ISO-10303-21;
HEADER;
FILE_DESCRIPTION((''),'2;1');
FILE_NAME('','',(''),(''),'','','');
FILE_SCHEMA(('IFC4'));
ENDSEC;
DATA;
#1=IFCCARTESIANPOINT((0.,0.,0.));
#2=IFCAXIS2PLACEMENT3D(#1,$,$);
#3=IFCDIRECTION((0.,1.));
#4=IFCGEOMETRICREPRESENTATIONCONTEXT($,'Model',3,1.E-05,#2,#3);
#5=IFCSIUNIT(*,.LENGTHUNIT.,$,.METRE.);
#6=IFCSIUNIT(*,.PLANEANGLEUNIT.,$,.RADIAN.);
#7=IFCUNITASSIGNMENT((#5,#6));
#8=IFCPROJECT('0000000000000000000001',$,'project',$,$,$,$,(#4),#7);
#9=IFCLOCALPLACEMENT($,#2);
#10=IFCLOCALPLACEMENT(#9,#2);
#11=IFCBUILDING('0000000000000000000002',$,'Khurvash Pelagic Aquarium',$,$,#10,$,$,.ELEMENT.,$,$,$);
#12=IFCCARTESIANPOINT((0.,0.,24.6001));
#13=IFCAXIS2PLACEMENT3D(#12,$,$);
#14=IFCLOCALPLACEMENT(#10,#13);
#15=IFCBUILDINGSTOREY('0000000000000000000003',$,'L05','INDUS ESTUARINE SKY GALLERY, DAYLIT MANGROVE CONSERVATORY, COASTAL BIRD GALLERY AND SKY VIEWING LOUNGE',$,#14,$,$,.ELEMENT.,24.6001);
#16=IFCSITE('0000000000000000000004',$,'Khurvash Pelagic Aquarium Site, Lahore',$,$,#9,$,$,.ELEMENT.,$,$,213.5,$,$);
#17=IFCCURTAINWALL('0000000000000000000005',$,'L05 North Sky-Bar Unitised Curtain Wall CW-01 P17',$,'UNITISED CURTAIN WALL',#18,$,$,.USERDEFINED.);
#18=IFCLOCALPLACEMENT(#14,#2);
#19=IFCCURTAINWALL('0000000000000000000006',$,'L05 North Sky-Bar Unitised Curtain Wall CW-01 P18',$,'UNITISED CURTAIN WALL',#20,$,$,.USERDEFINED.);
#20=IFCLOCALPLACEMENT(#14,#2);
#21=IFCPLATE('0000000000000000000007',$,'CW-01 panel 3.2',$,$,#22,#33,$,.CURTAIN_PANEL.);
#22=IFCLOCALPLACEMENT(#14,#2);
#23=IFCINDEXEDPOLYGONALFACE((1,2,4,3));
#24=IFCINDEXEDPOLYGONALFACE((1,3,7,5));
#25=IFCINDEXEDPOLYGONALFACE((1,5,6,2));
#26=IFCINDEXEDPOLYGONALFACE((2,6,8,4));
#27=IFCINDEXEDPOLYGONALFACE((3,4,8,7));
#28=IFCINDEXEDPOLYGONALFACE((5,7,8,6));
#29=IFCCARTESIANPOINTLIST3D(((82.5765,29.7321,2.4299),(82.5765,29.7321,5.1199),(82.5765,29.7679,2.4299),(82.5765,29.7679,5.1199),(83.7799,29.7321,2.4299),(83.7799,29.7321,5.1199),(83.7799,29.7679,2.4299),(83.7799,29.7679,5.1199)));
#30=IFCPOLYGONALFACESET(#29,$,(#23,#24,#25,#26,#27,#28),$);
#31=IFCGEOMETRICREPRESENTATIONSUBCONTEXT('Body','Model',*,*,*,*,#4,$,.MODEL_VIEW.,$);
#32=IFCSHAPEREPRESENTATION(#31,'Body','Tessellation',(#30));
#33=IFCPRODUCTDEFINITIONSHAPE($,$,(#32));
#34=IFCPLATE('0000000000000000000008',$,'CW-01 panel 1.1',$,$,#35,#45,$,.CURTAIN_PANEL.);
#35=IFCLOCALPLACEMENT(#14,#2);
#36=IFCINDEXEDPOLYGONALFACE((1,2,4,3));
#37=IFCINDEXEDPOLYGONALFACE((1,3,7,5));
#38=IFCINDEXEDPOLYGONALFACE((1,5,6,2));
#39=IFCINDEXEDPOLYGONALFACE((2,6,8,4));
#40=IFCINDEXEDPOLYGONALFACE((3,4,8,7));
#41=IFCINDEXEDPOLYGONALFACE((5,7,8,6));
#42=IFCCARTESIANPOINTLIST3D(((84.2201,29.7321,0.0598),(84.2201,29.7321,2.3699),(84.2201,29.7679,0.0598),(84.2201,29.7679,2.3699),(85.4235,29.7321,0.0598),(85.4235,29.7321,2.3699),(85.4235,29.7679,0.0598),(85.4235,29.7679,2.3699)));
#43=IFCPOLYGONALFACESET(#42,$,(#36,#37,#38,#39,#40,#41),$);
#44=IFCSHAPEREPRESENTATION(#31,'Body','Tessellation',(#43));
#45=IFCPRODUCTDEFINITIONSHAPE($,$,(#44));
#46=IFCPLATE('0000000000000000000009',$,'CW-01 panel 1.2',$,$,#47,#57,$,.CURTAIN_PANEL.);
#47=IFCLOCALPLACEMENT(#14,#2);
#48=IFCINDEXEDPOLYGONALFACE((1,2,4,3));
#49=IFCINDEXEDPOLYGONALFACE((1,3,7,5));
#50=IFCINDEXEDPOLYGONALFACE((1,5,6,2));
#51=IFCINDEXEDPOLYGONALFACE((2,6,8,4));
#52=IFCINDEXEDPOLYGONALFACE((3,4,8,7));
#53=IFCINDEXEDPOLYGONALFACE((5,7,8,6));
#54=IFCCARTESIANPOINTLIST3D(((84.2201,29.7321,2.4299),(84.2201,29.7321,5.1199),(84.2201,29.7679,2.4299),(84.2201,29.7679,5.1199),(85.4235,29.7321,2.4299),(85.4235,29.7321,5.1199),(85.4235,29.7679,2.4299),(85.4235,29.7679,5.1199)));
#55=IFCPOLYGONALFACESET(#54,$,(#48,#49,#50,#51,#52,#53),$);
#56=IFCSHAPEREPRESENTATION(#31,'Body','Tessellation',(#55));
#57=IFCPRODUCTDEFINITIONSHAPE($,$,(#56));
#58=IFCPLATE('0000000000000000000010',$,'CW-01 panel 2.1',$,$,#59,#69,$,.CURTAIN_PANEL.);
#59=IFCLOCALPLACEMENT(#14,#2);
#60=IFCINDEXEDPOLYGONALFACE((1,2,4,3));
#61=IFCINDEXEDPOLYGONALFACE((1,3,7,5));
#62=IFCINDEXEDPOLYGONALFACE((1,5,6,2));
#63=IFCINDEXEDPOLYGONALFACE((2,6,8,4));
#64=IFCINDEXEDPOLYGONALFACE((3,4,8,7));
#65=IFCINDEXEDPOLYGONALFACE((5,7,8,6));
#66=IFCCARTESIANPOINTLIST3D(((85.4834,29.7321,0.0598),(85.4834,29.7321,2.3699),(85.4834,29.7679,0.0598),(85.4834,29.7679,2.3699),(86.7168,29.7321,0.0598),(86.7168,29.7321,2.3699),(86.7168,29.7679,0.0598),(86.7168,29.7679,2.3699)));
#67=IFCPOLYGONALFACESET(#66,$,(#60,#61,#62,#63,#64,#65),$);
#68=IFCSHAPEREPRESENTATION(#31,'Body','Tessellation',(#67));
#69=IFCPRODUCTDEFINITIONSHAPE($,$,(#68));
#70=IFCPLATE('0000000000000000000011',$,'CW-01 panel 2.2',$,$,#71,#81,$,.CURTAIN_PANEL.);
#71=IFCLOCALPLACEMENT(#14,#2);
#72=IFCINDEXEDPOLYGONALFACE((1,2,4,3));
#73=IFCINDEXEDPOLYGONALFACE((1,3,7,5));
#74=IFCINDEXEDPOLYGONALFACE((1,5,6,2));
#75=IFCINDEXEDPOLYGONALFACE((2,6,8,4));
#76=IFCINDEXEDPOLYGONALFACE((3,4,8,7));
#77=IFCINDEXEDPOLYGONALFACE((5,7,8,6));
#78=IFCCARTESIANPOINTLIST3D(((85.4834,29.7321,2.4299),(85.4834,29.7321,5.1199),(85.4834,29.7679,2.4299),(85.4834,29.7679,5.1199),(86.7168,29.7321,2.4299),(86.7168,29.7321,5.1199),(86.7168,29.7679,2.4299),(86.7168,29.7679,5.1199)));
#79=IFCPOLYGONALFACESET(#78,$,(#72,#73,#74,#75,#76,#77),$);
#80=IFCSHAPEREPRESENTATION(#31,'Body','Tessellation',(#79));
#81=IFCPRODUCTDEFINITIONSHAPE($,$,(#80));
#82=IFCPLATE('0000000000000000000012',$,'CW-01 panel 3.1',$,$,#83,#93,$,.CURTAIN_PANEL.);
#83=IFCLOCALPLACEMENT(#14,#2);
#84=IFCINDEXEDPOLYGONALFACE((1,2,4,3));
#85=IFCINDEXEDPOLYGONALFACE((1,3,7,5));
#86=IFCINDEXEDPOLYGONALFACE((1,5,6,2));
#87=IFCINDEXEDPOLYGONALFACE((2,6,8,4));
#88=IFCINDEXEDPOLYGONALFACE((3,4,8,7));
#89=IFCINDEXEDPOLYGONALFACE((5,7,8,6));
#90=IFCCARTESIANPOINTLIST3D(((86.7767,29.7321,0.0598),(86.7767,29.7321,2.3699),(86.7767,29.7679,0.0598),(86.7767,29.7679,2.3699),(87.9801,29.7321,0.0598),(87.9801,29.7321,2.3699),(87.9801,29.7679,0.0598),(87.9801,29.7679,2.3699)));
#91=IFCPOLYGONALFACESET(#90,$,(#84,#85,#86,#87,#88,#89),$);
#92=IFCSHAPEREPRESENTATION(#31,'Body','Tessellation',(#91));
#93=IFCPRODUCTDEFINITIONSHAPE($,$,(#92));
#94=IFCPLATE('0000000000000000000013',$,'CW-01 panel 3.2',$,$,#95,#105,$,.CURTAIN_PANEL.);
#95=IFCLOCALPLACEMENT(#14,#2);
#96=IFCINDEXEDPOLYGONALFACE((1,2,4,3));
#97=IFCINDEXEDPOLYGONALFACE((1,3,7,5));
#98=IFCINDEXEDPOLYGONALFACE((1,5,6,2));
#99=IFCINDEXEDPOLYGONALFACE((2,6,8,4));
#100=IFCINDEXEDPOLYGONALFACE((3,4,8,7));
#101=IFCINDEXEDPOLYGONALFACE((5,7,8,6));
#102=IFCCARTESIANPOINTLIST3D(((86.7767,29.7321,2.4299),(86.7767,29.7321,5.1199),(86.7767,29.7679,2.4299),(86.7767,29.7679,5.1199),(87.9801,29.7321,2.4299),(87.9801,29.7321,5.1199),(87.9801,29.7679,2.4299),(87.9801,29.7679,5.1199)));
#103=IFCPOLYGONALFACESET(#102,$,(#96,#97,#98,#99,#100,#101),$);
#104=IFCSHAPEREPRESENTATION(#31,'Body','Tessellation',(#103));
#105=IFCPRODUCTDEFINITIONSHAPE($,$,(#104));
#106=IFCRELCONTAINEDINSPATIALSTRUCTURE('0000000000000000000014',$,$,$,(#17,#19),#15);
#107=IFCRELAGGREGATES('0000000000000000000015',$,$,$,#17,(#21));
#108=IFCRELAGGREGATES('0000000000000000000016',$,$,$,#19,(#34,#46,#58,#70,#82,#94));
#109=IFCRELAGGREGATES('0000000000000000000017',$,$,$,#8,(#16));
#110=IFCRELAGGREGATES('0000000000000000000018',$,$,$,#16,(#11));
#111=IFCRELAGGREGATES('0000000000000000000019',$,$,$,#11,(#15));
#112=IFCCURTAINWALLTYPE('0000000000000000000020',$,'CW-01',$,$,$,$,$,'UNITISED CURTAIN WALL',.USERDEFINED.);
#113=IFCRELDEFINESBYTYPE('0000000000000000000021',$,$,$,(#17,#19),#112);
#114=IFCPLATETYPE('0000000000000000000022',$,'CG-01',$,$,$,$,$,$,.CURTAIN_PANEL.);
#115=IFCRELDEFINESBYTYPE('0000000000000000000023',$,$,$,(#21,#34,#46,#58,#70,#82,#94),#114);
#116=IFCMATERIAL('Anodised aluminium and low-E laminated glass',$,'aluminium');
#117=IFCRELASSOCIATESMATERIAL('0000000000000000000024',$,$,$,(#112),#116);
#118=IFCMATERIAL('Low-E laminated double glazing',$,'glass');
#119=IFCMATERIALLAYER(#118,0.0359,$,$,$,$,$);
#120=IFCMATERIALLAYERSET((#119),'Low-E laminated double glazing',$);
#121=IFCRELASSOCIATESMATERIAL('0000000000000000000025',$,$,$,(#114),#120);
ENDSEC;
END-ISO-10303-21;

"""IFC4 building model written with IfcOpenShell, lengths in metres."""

from ifc_helpers import new_model, si_unit, direction, frame, origin, origin_2d, place, context, subcontext, project, spatial, rectangle, extrude, material, layer, layer_set, type_object, element, aggregate, save


model = new_model("IFC4")

# Units and contexts
model_context = context("Model", 3, precision=1e-05, world=origin(), true_north=direction((0.0, 1.0)))
body_context = subcontext(model_context, "Body", "Model", "MODEL_VIEW")
ifc_project = project(units=[si_unit("LENGTHUNIT", "METRE"), si_unit("PLANEANGLEUNIT", "RADIAN")], contexts=[model_context])

# Site, building, storey
site_placement = place(None, origin())
site = spatial("IfcSite", under=ifc_project, at=site_placement, Name="Khurvash Pelagic Aquarium Site, Lahore", CompositionType="ELEMENT", RefElevation=213.5)
building_placement = place(site_placement, origin())
building = spatial("IfcBuilding", under=site, at=building_placement, Name="Khurvash Pelagic Aquarium", CompositionType="ELEMENT")
storey_placement = place(building_placement, frame((0.0, 0.0, 24.6001)))
storey = spatial("IfcBuildingStorey", under=building, at=storey_placement, Name="L05", Description="INDUS ESTUARINE SKY GALLERY, DAYLIT MANGROVE CONSERVATORY, COASTAL BIRD GALLERY AND SKY VIEWING LOUNGE", CompositionType="ELEMENT", Elevation=24.6001)

# Curtain wall
ifc_material_1 = material(Name="Anodised aluminium and low-E laminated glass", Category="aluminium")
curtain_wall_type = type_object("IfcCurtainWallType", Name="CW-01", ElementType="UNITISED CURTAIN WALL", PredefinedType="USERDEFINED", material=ifc_material_1)
curtain_wall_1_placement = place(storey_placement, origin())
curtain_wall_1 = element("IfcCurtainWall", 1, at=curtain_wall_1_placement, inside=storey, type_object=curtain_wall_type, Name="L05 North Sky-Bar Unitised Curtain Wall CW-01 P17", ObjectType="UNITISED CURTAIN WALL", PredefinedType="USERDEFINED")

# Curtain wall
curtain_wall_2_placement = place(storey_placement, origin())
curtain_wall_2 = element("IfcCurtainWall", 2, at=curtain_wall_2_placement, inside=storey, type_object=curtain_wall_type, Name="L05 North Sky-Bar Unitised Curtain Wall CW-01 P18", ObjectType="UNITISED CURTAIN WALL", PredefinedType="USERDEFINED")

# Plates
ifc_material_2 = material(Name="Low-E laminated double glazing", Category="glass")
ifc_layer = layer(ifc_material_2, 0.0359)
ifc_layer_set = layer_set([ifc_layer], Name="Low-E laminated double glazing")
plate_type = type_object("IfcPlateType", Name="CG-01", PredefinedType="CURTAIN_PANEL", material=ifc_layer_set)
plate_1_placement = place(storey_placement, frame((83.1782, 29.75, 2.4299), z_axis=(0.0, 0.0, 1.0), x_axis=(1.0, 0.0, 0.0)))
plate_1 = element("IfcPlate", 3, at=plate_1_placement, type_object=plate_type, Name="CW-01 panel 3.2", PredefinedType="CURTAIN_PANEL", context=body_context, shape_type="SweptSolid", body=[
    extrude(rectangle(XDim=1.2034, YDim=0.0359, at=origin_2d()), origin(), (0.0, 0.0, 1.0), 2.6899),
])
aggregate(curtain_wall_1, [plate_1])
plate_2_placement = place(storey_placement, frame((84.8218, 29.75, 0.0598), z_axis=(0.0, 0.0, 1.0), x_axis=(1.0, 0.0, 0.0)))
plate_2 = element("IfcPlate", 4, at=plate_2_placement, type_object=plate_type, Name="CW-01 panel 1.1", PredefinedType="CURTAIN_PANEL", context=body_context, shape_type="SweptSolid", body=[
    extrude(rectangle(XDim=1.2034, YDim=0.0359, at=origin_2d()), origin(), (0.0, 0.0, 1.0), 2.3101),
])
plate_3_placement = place(storey_placement, frame((84.8218, 29.75, 2.4299), z_axis=(0.0, 0.0, 1.0), x_axis=(1.0, 0.0, 0.0)))
plate_3 = element("IfcPlate", 5, at=plate_3_placement, type_object=plate_type, Name="CW-01 panel 1.2", PredefinedType="CURTAIN_PANEL", context=body_context, shape_type="SweptSolid", body=[
    extrude(rectangle(XDim=1.2034, YDim=0.0359, at=origin_2d()), origin(), (0.0, 0.0, 1.0), 2.6899),
])
plate_4_placement = place(storey_placement, frame((86.1001, 29.75, 0.0598), z_axis=(0.0, 0.0, 1.0), x_axis=(1.0, 0.0, 0.0)))
plate_4 = element("IfcPlate", 6, at=plate_4_placement, type_object=plate_type, Name="CW-01 panel 2.1", PredefinedType="CURTAIN_PANEL", context=body_context, shape_type="SweptSolid", body=[
    extrude(rectangle(XDim=1.2334, YDim=0.0359, at=origin_2d()), origin(), (0.0, 0.0, 1.0), 2.3101),
])
plate_5_placement = place(storey_placement, frame((86.1001, 29.75, 2.4299), z_axis=(0.0, 0.0, 1.0), x_axis=(1.0, 0.0, 0.0)))
plate_5 = element("IfcPlate", 7, at=plate_5_placement, type_object=plate_type, Name="CW-01 panel 2.2", PredefinedType="CURTAIN_PANEL", context=body_context, shape_type="SweptSolid", body=[
    extrude(rectangle(XDim=1.2334, YDim=0.0359, at=origin_2d()), origin(), (0.0, 0.0, 1.0), 2.6899),
])
plate_6_placement = place(storey_placement, frame((87.3784, 29.75, 0.0598), z_axis=(0.0, 0.0, 1.0), x_axis=(1.0, 0.0, 0.0)))
plate_6 = element("IfcPlate", 8, at=plate_6_placement, type_object=plate_type, Name="CW-01 panel 3.1", PredefinedType="CURTAIN_PANEL", context=body_context, shape_type="SweptSolid", body=[
    extrude(rectangle(XDim=1.2034, YDim=0.0359, at=origin_2d()), origin(), (0.0, 0.0, 1.0), 2.3101),
])
plate_7_placement = place(storey_placement, frame((87.3784, 29.75, 2.4299), z_axis=(0.0, 0.0, 1.0), x_axis=(1.0, 0.0, 0.0)))
plate_7 = element("IfcPlate", 9, at=plate_7_placement, type_object=plate_type, Name="CW-01 panel 3.2", PredefinedType="CURTAIN_PANEL", context=body_context, shape_type="SweptSolid", body=[
    extrude(rectangle(XDim=1.2034, YDim=0.0359, at=origin_2d()), origin(), (0.0, 0.0, 1.0), 2.6899),
])
aggregate(curtain_wall_2, [plate_2, plate_3, plate_4, plate_5, plate_6, plate_7])

save(model, "model.ifc")
